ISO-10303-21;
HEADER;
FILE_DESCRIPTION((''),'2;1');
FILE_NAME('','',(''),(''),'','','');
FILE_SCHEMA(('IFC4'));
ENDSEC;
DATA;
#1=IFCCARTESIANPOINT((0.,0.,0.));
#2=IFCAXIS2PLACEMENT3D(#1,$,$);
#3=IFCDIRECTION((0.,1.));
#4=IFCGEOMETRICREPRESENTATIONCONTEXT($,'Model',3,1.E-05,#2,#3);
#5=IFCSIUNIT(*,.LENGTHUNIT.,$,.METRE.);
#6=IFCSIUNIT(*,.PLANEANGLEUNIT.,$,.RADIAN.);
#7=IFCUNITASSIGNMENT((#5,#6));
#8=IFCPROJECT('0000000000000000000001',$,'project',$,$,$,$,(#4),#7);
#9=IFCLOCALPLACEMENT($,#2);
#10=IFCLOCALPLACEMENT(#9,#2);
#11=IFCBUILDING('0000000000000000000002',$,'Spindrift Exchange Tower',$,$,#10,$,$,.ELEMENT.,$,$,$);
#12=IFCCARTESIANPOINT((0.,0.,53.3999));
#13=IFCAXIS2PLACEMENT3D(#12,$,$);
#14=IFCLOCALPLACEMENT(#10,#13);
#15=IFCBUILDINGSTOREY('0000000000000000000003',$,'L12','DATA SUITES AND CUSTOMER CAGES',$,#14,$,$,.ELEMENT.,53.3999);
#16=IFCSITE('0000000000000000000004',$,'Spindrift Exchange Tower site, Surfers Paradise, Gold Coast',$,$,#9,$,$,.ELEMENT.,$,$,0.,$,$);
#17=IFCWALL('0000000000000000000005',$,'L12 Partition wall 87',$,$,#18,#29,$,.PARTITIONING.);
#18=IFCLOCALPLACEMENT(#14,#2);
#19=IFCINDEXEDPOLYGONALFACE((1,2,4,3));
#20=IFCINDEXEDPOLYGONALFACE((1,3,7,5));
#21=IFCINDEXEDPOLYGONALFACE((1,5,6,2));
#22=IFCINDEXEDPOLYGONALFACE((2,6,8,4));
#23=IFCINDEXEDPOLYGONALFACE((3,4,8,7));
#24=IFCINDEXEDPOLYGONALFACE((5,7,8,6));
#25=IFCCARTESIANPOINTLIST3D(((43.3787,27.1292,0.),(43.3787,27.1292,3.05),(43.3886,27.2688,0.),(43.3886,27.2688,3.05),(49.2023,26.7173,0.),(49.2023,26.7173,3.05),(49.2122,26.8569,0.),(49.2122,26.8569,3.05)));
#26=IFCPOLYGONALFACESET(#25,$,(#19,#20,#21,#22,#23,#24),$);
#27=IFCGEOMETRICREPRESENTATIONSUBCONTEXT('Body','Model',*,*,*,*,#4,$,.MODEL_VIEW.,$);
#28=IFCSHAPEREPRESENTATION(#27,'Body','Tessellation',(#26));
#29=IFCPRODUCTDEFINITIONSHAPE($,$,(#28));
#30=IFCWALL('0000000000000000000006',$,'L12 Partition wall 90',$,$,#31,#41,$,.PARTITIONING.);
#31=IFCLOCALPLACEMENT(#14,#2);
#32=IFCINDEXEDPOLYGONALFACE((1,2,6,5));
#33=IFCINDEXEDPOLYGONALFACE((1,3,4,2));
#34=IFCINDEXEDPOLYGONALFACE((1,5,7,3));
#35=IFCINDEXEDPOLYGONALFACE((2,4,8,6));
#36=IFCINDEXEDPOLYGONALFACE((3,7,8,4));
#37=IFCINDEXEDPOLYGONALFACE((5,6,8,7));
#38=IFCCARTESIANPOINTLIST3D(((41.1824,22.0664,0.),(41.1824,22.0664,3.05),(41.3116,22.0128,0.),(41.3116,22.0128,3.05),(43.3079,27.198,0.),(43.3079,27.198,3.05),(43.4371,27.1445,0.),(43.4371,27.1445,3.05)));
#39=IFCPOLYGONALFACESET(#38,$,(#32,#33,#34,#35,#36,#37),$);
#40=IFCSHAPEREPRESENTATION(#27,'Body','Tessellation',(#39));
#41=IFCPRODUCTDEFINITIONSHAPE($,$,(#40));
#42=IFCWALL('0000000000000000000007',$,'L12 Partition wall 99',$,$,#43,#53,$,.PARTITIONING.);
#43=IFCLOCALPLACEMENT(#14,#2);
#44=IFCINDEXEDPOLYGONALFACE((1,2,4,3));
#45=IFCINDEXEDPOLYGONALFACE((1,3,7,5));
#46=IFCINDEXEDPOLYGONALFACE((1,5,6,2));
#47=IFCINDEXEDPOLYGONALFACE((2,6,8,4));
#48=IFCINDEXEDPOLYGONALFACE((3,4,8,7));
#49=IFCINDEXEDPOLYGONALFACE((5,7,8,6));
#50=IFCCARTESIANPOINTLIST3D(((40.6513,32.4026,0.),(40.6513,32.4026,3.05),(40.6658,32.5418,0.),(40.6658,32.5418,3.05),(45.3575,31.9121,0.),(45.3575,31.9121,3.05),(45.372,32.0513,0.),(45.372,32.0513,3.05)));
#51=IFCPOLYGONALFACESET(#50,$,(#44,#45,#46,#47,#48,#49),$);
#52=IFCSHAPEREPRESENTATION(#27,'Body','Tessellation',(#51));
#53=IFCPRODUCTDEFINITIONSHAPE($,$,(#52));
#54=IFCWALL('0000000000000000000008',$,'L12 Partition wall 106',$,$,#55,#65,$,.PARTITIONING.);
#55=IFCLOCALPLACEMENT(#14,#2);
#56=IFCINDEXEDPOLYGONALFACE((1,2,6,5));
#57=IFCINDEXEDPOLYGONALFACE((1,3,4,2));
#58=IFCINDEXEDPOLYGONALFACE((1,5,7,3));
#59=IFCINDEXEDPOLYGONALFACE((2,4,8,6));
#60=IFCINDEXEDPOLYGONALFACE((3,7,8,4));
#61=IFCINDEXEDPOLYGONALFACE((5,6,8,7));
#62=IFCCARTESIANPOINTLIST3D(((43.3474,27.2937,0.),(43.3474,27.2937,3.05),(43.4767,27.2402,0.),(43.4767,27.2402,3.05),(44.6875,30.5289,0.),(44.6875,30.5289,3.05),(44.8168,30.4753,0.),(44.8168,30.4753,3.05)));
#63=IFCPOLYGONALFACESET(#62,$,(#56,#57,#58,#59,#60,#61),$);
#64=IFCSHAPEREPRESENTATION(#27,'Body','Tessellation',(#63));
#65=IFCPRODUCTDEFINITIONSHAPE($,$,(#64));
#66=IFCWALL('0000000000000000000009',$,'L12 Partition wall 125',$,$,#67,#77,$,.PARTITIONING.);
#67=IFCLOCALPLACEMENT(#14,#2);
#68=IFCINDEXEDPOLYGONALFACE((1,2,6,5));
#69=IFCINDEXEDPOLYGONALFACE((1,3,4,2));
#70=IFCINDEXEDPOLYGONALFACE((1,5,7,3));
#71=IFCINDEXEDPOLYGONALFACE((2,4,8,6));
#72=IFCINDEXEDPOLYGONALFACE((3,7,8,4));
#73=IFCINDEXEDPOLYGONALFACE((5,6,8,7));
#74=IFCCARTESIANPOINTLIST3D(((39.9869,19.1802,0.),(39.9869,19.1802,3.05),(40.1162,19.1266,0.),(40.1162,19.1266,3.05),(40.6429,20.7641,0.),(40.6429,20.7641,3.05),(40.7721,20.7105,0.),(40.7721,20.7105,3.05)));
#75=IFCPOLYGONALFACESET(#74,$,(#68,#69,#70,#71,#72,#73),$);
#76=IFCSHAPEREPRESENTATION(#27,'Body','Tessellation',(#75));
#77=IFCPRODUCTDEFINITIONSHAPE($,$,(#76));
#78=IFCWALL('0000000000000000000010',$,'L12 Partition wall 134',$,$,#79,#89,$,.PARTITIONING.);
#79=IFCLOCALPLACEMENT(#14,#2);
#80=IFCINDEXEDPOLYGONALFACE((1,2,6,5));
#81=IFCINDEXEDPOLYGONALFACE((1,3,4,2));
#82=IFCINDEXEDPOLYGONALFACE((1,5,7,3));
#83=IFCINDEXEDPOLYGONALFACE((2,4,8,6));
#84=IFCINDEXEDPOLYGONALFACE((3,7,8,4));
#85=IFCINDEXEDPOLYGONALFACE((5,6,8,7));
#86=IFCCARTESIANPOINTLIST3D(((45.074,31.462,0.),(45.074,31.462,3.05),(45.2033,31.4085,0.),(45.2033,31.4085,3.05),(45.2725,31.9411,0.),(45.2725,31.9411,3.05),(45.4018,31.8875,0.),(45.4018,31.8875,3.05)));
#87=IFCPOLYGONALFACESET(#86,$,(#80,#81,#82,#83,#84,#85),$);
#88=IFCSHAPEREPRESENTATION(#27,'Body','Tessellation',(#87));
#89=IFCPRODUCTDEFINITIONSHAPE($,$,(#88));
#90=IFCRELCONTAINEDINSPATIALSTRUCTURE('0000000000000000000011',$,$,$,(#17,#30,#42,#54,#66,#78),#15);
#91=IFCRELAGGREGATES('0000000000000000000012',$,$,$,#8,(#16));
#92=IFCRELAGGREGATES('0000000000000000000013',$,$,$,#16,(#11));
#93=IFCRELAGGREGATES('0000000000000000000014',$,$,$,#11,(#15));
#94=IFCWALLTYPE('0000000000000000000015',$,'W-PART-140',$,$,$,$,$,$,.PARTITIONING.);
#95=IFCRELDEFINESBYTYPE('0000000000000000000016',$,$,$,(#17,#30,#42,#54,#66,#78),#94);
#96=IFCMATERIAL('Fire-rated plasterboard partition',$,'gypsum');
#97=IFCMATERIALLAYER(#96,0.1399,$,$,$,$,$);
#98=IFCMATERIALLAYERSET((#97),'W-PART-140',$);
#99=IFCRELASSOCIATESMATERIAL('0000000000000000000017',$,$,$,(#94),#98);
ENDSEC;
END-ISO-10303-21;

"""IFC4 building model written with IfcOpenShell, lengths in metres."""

from ifc_helpers import new_model, si_unit, direction, frame, frame_2d, origin, place, context, subcontext, project, spatial, rectangle, extrude, material, layer, layer_set, type_object, element, save


model = new_model("IFC4")

# Units and contexts
model_context = context("Model", 3, precision=1e-05, world=origin(), true_north=direction((0.0, 1.0)))
body_context = subcontext(model_context, "Body", "Model", "MODEL_VIEW")
ifc_project = project(units=[si_unit("LENGTHUNIT", "METRE"), si_unit("PLANEANGLEUNIT", "RADIAN")], contexts=[model_context])

# Site, building, storey
site_placement = place(None, origin())
site = spatial("IfcSite", under=ifc_project, at=site_placement, Name="Spindrift Exchange Tower site, Surfers Paradise, Gold Coast", CompositionType="ELEMENT", RefElevation=0.0)
building_placement = place(site_placement, origin())
building = spatial("IfcBuilding", under=site, at=building_placement, Name="Spindrift Exchange Tower", CompositionType="ELEMENT")
storey_placement = place(building_placement, frame((0.0, 0.0, 53.3999)))
storey = spatial("IfcBuildingStorey", under=building, at=storey_placement, Name="L12", Description="DATA SUITES AND CUSTOMER CAGES", CompositionType="ELEMENT", Elevation=53.3999)

# Walls
ifc_material_1 = material(Name="Fire-rated plasterboard partition", Category="gypsum")
ifc_layer_1 = layer(ifc_material_1, 0.1399)
ifc_layer_set_1 = layer_set([ifc_layer_1], Name="W-PART-140")
wall_type = type_object("IfcWallType", Name="W-PART-140", PredefinedType="PARTITIONING", material=ifc_layer_set_1)
wall_1_placement = place(storey_placement, frame((43.3838, 27.199, 0.0), z_axis=(0.0, 0.0, 1.0), x_axis=(0.997508, -0.070549, 0.0)))
element("IfcWall", 1, at=wall_1_placement, inside=storey, type_object=wall_type, Name="L12 Partition wall 87", PredefinedType="PARTITIONING", context=body_context, shape_type="SweptSolid", body=[
    extrude(rectangle(XDim=5.8381, YDim=0.1399, at=frame_2d((2.9189, 0.0))), origin(), (0.0, 0.0, 1.0), 3.05),
])
wall_2_placement = place(storey_placement, frame((43.3726, 27.1714, 0.0), z_axis=(0.0, 0.0, 1.0), x_axis=(-0.38267, -0.923885, 0.0)))
element("IfcWall", 2, at=wall_2_placement, inside=storey, type_object=wall_type, Name="L12 Partition wall 90", PredefinedType="PARTITIONING", context=body_context, shape_type="SweptSolid", body=[
    extrude(rectangle(XDim=5.5544, YDim=0.1399, at=frame_2d((2.7773, 0.0))), origin(), (0.0, 0.0, 1.0), 3.05),
])
wall_3_placement = place(storey_placement, frame((40.6587, 32.4722, 0.0), z_axis=(0.0, 0.0, 1.0), x_axis=(0.994613, -0.103656, 0.0)))
element("IfcWall", 3, at=wall_3_placement, inside=storey, type_object=wall_type, Name="L12 Partition wall 99", PredefinedType="PARTITIONING", context=body_context, shape_type="SweptSolid", body=[
    extrude(rectangle(XDim=4.7317, YDim=0.1399, at=frame_2d((2.3657, 0.0))), origin(), (0.0, 0.0, 1.0), 3.05),
])
wall_4_placement = place(storey_placement, frame((44.7522, 30.5022, 0.0), z_axis=(0.0, 0.0, 1.0), x_axis=(-0.382699, -0.923873, 0.0)))
element("IfcWall", 4, at=wall_4_placement, inside=storey, type_object=wall_type, Name="L12 Partition wall 106", PredefinedType="PARTITIONING", context=body_context, shape_type="SweptSolid", body=[
    extrude(rectangle(XDim=3.5017, YDim=0.1399, at=frame_2d((1.751, 0.0))), origin(), (0.0, 0.0, 1.0), 3.05),
])
wall_5_placement = place(storey_placement, frame((40.7075, 20.7373, 0.0), z_axis=(0.0, 0.0, 1.0), x_axis=(-0.382633, -0.923901, 0.0)))
element("IfcWall", 5, at=wall_5_placement, inside=storey, type_object=wall_type, Name="L12 Partition wall 125", PredefinedType="PARTITIONING", context=body_context, shape_type="SweptSolid", body=[
    extrude(rectangle(XDim=1.7144, YDim=0.1399, at=frame_2d((0.8572, 0.0))), origin(), (0.0, 0.0, 1.0), 3.05),
])
wall_6_placement = place(storey_placement, frame((45.3372, 31.9143, 0.0), z_axis=(0.0, 0.0, 1.0), x_axis=(-0.382809, -0.923827, 0.0)))
element("IfcWall", 6, at=wall_6_placement, inside=storey, type_object=wall_type, Name="L12 Partition wall 134", PredefinedType="PARTITIONING", context=body_context, shape_type="SweptSolid", body=[
    extrude(rectangle(XDim=0.5186, YDim=0.1399, at=frame_2d((0.2593, 0.0))), origin(), (0.0, 0.0, 1.0), 3.05),
])

save(model, "model.ifc")
